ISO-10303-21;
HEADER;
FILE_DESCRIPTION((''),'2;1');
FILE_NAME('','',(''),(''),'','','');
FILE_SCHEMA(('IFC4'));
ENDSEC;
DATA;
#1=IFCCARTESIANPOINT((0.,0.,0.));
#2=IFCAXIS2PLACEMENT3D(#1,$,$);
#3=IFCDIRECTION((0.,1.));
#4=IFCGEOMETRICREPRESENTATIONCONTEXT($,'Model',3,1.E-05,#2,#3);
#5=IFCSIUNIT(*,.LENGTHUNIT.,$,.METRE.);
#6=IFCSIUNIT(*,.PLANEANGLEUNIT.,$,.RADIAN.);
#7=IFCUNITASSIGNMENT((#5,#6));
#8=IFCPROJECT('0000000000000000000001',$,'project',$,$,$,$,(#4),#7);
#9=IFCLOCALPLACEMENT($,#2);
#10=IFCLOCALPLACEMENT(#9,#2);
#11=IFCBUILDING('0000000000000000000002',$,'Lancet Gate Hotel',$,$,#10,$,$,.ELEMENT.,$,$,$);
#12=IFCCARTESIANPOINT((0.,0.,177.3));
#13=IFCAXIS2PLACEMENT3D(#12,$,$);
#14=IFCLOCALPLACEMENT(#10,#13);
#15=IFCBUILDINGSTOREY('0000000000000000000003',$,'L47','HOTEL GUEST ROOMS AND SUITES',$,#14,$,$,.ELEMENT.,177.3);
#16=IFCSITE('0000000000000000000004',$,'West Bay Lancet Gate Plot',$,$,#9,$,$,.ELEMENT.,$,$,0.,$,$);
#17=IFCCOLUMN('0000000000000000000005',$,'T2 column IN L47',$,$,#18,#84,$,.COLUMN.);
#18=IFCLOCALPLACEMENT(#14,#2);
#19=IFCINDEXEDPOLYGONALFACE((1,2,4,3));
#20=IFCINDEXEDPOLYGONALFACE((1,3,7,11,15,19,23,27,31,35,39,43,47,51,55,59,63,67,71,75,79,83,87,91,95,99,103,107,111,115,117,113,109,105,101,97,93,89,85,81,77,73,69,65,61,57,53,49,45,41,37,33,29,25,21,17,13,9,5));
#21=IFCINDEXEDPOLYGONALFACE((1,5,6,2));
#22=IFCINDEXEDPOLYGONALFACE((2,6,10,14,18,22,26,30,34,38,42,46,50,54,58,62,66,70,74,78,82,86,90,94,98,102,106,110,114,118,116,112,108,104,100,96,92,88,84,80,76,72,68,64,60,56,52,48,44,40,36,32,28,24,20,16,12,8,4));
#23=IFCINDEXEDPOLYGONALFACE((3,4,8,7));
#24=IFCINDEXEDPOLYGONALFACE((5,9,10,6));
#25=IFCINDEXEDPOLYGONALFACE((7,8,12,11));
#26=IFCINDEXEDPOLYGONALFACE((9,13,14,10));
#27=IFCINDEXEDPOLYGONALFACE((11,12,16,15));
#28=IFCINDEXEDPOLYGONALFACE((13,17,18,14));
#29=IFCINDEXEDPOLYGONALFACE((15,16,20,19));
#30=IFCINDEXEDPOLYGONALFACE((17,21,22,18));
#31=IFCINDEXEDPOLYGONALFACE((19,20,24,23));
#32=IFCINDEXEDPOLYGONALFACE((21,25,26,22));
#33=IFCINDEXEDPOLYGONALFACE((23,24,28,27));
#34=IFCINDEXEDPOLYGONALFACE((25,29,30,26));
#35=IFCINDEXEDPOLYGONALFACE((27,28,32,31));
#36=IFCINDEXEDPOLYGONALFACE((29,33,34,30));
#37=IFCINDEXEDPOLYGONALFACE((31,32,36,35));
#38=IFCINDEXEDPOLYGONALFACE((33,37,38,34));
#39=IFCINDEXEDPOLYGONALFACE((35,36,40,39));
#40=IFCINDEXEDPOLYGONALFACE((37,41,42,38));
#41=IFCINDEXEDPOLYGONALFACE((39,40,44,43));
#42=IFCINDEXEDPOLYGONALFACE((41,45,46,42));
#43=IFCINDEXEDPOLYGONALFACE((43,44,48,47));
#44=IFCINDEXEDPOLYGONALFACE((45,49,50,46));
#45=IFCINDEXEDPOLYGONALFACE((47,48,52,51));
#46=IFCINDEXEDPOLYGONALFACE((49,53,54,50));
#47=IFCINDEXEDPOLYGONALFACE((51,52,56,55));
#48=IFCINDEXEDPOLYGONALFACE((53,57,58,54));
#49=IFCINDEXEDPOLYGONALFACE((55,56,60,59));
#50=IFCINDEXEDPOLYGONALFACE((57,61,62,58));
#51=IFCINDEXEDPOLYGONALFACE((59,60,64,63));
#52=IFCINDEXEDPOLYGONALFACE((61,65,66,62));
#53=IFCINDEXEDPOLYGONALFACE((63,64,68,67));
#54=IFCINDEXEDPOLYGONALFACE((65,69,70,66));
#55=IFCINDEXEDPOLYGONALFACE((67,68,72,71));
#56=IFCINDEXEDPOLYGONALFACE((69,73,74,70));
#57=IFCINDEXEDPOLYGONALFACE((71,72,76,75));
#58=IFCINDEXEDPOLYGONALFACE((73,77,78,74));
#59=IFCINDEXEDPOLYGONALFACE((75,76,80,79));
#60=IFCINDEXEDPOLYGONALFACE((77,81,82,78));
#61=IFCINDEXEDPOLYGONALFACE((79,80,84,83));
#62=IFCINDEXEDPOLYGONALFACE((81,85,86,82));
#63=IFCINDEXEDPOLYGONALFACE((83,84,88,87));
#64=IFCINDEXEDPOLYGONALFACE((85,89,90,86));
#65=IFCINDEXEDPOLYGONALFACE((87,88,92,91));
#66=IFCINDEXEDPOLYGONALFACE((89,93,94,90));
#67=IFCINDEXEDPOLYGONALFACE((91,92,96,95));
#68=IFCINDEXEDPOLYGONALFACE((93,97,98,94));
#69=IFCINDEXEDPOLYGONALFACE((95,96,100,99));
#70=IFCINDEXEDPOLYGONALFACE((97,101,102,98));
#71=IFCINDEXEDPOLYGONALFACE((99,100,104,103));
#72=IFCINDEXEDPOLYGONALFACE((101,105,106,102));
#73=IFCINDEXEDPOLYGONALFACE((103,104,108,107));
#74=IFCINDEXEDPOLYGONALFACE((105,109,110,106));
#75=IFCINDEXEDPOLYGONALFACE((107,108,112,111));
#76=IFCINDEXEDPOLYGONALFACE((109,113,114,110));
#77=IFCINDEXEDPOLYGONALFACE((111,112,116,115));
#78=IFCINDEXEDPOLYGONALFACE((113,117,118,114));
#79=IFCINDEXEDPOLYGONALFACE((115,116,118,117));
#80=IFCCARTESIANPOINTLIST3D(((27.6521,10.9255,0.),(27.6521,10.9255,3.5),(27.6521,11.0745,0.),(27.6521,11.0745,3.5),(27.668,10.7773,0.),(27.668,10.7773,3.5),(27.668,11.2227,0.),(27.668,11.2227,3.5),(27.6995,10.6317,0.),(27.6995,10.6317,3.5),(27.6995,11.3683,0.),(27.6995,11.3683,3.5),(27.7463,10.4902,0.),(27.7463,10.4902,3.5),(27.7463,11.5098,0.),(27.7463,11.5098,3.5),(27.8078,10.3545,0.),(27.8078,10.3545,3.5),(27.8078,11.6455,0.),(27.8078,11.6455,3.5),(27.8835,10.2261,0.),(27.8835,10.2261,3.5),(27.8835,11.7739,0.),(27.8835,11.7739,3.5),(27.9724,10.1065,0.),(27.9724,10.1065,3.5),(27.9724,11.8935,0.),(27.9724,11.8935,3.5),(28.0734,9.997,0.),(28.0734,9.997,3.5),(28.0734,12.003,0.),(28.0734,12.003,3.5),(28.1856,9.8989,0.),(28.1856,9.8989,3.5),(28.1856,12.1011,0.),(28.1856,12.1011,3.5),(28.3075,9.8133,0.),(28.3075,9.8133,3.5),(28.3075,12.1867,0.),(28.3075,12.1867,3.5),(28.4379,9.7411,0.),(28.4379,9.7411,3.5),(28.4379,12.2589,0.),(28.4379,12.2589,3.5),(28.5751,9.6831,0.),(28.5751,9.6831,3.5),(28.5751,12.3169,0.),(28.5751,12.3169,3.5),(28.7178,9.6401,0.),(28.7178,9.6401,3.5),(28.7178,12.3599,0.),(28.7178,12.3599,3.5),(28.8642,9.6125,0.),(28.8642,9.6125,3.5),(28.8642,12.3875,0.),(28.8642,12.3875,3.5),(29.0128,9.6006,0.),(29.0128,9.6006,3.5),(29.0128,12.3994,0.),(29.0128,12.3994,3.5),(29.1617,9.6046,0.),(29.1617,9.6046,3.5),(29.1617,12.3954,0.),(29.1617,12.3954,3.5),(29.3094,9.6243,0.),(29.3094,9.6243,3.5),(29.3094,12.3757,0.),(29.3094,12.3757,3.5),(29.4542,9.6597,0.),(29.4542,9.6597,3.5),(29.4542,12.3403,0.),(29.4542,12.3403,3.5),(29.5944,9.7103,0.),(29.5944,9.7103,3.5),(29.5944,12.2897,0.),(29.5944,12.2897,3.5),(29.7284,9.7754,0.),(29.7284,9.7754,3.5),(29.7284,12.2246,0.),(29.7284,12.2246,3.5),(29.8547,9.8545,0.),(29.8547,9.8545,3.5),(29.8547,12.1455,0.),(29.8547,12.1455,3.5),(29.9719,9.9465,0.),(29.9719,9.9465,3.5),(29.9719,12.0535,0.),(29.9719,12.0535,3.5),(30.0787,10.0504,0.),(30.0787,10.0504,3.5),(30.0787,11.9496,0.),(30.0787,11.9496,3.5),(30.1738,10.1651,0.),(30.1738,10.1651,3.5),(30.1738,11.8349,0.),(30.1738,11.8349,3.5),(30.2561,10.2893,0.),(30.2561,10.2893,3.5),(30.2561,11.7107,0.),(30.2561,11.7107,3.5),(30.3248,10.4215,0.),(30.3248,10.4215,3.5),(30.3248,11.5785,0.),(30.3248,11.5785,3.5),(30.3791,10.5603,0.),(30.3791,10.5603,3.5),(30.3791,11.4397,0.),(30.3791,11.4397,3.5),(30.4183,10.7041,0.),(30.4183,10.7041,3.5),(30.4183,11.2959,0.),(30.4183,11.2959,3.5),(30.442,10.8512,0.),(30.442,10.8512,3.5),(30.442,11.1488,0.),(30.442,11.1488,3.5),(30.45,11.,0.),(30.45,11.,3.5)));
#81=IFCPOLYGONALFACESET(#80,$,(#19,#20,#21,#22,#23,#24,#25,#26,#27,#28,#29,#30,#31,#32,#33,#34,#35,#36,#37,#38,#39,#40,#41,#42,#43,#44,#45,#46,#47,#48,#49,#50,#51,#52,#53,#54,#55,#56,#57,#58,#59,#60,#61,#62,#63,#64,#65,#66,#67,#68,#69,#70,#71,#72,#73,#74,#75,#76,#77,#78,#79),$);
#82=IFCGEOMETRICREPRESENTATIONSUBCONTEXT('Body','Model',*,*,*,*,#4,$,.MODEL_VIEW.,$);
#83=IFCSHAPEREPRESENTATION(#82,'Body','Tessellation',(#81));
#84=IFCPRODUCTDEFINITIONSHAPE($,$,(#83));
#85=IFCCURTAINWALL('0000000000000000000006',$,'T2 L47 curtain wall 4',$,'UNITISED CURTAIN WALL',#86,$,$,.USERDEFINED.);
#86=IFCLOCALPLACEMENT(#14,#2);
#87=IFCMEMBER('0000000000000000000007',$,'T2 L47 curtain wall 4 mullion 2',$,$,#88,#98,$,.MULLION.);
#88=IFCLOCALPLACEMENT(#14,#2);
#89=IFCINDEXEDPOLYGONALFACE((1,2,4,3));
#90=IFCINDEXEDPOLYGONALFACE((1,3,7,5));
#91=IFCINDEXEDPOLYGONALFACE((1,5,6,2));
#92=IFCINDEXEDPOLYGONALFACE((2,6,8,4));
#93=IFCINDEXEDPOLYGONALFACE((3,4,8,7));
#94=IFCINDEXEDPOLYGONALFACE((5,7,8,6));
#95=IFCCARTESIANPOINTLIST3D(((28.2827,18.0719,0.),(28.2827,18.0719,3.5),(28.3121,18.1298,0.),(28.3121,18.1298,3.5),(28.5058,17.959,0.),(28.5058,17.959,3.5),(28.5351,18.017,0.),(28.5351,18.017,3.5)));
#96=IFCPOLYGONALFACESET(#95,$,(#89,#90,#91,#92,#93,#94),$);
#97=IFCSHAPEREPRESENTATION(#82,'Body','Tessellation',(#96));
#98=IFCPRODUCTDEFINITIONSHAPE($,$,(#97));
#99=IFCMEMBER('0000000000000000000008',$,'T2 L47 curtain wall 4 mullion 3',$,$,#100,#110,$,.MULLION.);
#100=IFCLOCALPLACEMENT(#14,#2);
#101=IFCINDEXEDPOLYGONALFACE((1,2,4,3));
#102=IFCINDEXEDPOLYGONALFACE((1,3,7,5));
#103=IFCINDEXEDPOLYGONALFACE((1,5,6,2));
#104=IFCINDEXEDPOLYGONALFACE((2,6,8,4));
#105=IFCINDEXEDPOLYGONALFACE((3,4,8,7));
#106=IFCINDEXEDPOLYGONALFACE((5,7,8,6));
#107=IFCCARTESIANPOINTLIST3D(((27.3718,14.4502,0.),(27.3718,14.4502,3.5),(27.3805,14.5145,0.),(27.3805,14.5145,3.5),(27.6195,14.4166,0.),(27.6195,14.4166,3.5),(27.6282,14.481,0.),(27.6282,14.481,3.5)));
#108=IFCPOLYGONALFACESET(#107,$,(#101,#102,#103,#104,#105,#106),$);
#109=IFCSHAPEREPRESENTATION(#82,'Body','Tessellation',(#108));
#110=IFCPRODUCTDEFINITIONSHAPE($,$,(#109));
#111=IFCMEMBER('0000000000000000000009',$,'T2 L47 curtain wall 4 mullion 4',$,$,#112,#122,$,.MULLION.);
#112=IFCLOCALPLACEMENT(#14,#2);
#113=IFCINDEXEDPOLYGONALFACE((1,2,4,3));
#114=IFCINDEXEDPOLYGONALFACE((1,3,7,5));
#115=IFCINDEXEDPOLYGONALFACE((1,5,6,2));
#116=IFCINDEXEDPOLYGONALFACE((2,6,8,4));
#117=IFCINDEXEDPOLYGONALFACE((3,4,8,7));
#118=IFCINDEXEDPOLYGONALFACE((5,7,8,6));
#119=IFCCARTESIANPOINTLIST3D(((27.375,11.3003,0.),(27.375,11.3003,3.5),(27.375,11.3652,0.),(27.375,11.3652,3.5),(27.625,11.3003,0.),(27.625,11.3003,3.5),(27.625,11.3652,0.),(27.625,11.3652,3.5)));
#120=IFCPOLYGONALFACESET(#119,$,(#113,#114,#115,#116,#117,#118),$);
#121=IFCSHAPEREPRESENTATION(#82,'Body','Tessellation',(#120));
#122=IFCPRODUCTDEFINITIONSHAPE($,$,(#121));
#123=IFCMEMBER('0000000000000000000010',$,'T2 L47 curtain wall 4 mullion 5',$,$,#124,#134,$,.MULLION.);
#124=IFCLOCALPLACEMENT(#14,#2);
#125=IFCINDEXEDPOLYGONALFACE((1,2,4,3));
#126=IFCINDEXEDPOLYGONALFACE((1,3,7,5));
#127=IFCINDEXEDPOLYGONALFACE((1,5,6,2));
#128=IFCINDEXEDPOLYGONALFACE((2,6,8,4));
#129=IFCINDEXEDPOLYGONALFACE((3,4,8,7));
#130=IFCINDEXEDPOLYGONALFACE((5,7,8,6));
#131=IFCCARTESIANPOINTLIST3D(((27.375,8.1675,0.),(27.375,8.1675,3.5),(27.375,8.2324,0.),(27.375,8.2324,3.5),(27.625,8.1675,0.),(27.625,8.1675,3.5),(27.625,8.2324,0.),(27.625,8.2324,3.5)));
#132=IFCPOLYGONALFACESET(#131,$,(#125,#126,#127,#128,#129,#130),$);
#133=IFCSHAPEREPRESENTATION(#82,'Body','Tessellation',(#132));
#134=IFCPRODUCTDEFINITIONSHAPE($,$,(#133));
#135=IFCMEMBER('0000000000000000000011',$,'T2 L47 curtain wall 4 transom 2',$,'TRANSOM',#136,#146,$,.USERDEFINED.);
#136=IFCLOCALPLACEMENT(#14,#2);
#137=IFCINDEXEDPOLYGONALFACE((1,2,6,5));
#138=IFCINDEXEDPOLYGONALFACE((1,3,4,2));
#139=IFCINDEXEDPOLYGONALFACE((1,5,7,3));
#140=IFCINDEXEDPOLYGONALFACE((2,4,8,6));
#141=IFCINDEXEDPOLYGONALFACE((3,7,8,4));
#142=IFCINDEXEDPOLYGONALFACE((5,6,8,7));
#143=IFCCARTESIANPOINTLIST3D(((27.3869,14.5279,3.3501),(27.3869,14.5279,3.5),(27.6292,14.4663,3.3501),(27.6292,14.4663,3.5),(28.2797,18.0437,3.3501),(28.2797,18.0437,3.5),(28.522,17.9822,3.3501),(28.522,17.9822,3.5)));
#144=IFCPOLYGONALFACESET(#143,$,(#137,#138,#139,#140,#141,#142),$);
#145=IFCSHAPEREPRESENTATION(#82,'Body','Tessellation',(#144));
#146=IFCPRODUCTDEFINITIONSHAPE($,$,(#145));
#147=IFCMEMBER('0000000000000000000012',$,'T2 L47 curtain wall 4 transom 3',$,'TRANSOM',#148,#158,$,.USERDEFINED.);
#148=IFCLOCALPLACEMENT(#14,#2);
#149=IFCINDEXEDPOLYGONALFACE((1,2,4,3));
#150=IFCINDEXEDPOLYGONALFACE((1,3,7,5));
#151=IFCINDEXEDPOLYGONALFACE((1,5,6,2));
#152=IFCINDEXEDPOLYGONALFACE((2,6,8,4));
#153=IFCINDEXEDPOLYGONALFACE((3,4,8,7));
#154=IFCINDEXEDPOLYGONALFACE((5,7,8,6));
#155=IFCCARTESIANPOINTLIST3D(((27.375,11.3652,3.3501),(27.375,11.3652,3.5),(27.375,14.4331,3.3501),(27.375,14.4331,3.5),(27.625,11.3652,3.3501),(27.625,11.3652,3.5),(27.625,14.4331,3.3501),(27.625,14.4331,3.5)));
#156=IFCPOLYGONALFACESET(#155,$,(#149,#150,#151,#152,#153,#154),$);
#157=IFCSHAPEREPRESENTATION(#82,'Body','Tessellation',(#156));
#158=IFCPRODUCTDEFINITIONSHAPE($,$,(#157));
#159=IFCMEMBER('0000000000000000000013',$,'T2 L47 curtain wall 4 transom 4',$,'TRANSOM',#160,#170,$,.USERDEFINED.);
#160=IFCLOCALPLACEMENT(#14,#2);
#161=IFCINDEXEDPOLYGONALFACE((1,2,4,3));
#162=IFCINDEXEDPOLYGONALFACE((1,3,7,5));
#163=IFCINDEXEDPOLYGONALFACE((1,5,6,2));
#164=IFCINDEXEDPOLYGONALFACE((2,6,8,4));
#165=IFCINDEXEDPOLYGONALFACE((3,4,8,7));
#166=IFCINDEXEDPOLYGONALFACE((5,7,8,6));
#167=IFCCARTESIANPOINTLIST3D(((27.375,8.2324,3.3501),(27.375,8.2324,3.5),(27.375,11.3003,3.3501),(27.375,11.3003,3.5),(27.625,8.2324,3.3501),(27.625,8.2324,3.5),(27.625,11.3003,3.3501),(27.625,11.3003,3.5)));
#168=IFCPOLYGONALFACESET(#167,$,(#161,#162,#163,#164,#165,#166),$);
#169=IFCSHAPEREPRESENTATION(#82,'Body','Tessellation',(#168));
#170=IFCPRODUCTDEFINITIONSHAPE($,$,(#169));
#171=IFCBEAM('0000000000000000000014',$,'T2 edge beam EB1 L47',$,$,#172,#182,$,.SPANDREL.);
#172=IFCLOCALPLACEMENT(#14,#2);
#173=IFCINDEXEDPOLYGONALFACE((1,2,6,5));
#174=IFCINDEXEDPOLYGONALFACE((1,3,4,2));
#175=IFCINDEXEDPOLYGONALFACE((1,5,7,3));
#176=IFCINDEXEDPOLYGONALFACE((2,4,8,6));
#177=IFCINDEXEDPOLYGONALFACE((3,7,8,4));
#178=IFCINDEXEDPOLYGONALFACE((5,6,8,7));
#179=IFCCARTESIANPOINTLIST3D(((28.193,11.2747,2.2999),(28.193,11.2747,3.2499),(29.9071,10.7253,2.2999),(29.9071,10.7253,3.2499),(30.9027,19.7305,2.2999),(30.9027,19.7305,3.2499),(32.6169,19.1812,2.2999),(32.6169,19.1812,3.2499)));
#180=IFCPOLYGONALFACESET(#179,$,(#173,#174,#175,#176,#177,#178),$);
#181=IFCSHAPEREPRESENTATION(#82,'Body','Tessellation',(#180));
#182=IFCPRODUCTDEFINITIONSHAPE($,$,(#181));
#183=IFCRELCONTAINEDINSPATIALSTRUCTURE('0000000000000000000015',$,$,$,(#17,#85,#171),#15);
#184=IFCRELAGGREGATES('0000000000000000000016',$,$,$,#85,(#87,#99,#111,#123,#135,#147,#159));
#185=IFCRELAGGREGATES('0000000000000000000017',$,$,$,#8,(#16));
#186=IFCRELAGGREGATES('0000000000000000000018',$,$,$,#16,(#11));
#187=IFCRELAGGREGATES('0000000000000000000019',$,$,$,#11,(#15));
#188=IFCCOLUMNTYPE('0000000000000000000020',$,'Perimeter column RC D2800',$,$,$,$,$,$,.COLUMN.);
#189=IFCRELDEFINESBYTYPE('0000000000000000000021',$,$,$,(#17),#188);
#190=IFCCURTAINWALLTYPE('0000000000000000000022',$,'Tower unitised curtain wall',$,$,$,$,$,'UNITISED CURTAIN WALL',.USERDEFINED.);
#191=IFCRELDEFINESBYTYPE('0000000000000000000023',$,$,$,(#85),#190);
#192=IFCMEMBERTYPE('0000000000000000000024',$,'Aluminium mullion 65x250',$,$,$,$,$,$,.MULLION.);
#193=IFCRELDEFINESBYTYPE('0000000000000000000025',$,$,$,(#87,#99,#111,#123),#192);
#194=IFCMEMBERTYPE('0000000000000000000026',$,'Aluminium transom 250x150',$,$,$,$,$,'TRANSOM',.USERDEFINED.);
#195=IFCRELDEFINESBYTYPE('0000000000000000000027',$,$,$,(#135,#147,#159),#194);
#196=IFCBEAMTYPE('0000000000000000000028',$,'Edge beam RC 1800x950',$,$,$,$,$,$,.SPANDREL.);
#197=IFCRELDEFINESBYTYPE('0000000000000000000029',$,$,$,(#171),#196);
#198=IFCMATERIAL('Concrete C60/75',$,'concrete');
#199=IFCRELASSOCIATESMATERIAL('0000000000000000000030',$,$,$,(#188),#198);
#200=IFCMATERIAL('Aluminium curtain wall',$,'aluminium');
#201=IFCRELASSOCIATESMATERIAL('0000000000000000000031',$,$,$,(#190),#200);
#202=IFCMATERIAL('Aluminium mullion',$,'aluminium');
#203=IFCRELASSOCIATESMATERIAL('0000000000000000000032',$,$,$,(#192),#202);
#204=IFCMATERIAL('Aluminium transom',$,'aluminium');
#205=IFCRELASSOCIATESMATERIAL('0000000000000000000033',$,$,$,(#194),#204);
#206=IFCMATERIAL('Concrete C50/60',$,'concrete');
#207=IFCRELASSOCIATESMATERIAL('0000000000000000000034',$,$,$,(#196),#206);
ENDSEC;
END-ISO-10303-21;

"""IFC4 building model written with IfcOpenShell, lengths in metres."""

from ifc_helpers import new_model, si_unit, direction, frame, origin, origin_2d, place, context, subcontext, project, spatial, rectangle, circle, extrude, material, material_profile, profile_set, type_object, element, aggregate, save


model = new_model("IFC4")

# Units and contexts
model_context = context("Model", 3, precision=1e-05, world=origin(), true_north=direction((0.0, 1.0)))
body_context = subcontext(model_context, "Body", "Model", "MODEL_VIEW")
ifc_project = project(units=[si_unit("LENGTHUNIT", "METRE"), si_unit("PLANEANGLEUNIT", "RADIAN")], contexts=[model_context])

# Site, building, storey
site_placement = place(None, origin())
site = spatial("IfcSite", under=ifc_project, at=site_placement, Name="West Bay Lancet Gate Plot", CompositionType="ELEMENT", RefElevation=0.0)
building_placement = place(site_placement, origin())
building = spatial("IfcBuilding", under=site, at=building_placement, Name="Lancet Gate Hotel", CompositionType="ELEMENT")
storey_placement = place(building_placement, frame((0.0, 0.0, 177.3)))
storey = spatial("IfcBuildingStorey", under=building, at=storey_placement, Name="L47", Description="HOTEL GUEST ROOMS AND SUITES", CompositionType="ELEMENT", Elevation=177.3)

# Column
ifc_material_1 = material(Name="Concrete C60/75", Category="concrete")
ifc_material_profile_1 = material_profile(ifc_material_1, circle(Radius=1.3999, at=origin_2d()), Name="RC D2800")
ifc_profile_set_1 = profile_set([ifc_material_profile_1], Name="Concrete C60/75")
column_type = type_object("IfcColumnType", Name="Perimeter column RC D2800", PredefinedType="COLUMN", material=ifc_profile_set_1)
column_placement = place(storey_placement, frame((29.05, 11.0, 0.0), z_axis=(0.0, 0.0, 1.0), x_axis=(1.0, 0.0, 0.0)))
element("IfcColumn", 1, at=column_placement, inside=storey, type_object=column_type, Name="T2 column IN L47", PredefinedType="COLUMN", context=body_context, shape_type="SweptSolid", body=[
    extrude(circle(Radius=1.3999, at=origin_2d()), origin(), (0.0, 0.0, 1.0), 3.5),
])

# Curtain wall, members
ifc_material_2 = material(Name="Aluminium curtain wall", Category="aluminium")
curtain_wall_type = type_object("IfcCurtainWallType", Name="Tower unitised curtain wall", ElementType="UNITISED CURTAIN WALL", PredefinedType="USERDEFINED", material=ifc_material_2)
curtain_wall_placement = place(storey_placement, origin())
curtain_wall = element("IfcCurtainWall", 2, at=curtain_wall_placement, inside=storey, type_object=curtain_wall_type, Name="T2 L47 curtain wall 4", ObjectType="UNITISED CURTAIN WALL", PredefinedType="USERDEFINED")
ifc_material_3 = material(Name="Aluminium mullion", Category="aluminium")
ifc_material_profile_2 = material_profile(ifc_material_3, rectangle(XDim=0.0649, YDim=0.25, at=origin_2d()), Name="MULLION 65x250")
ifc_profile_set_2 = profile_set([ifc_material_profile_2], Name="Aluminium mullion")
member_type_1 = type_object("IfcMemberType", Name="Aluminium mullion 65x250", PredefinedType="MULLION", material=ifc_profile_set_2)
member_1_placement = place(storey_placement, frame((28.4089, 18.0444, 0.0), z_axis=(0.0, 0.0, 1.0), x_axis=(-0.451506, -0.892268, 0.0)))
member_1 = element("IfcMember", 3, at=member_1_placement, type_object=member_type_1, Name="T2 L47 curtain wall 4 mullion 2", PredefinedType="MULLION", context=body_context, shape_type="SweptSolid", body=[
    extrude(rectangle(XDim=0.0649, YDim=0.25, at=origin_2d()), origin(), (0.0, 0.0, 1.0), 3.5),
])
member_2_placement = place(storey_placement, frame((27.5, 14.4656, 0.0), z_axis=(0.0, 0.0, 1.0), x_axis=(-0.134207, -0.990953, 0.0)))
member_2 = element("IfcMember", 4, at=member_2_placement, type_object=member_type_1, Name="T2 L47 curtain wall 4 mullion 3", PredefinedType="MULLION", context=body_context, shape_type="SweptSolid", body=[
    extrude(rectangle(XDim=0.0649, YDim=0.25, at=origin_2d()), origin(), (0.0, 0.0, 1.0), 3.5),
])
member_3_placement = place(storey_placement, frame((27.5, 11.3328, 0.0), z_axis=(0.0, 0.0, 1.0), x_axis=(0.0, -1.0, 0.0)))
member_3 = element("IfcMember", 5, at=member_3_placement, type_object=member_type_1, Name="T2 L47 curtain wall 4 mullion 4", PredefinedType="MULLION", context=body_context, shape_type="SweptSolid", body=[
    extrude(rectangle(XDim=0.0649, YDim=0.25, at=origin_2d()), origin(), (0.0, 0.0, 1.0), 3.5),
])
member_4_placement = place(storey_placement, frame((27.5, 8.2, 0.0), z_axis=(0.0, 0.0, 1.0), x_axis=(0.0, -1.0, 0.0)))
member_4 = element("IfcMember", 6, at=member_4_placement, type_object=member_type_1, Name="T2 L47 curtain wall 4 mullion 5", PredefinedType="MULLION", context=body_context, shape_type="SweptSolid", body=[
    extrude(rectangle(XDim=0.0649, YDim=0.25, at=origin_2d()), origin(), (0.0, 0.0, 1.0), 3.5),
])
ifc_material_4 = material(Name="Aluminium transom", Category="aluminium")
ifc_material_profile_3 = material_profile(ifc_material_4, rectangle(XDim=0.25, YDim=0.1499, at=origin_2d()), Name="TRANSOM 250x150")
ifc_profile_set_3 = profile_set([ifc_material_profile_3], Name="Aluminium transom")
member_type_2 = type_object("IfcMemberType", Name="Aluminium transom 250x150", ElementType="TRANSOM", PredefinedType="USERDEFINED", material=ifc_profile_set_3)
member_5_placement = place(storey_placement, frame((28.4009, 18.0129, 3.425), z_axis=(-0.246129, -0.969237, 0.0), x_axis=(0.969237, -0.246129, 0.0)))
member_5 = element("IfcMember", 7, at=member_5_placement, type_object=member_type_2, Name="T2 L47 curtain wall 4 transom 2", ObjectType="TRANSOM", PredefinedType="USERDEFINED", context=body_context, shape_type="SweptSolid", body=[
    extrude(rectangle(XDim=0.25, YDim=0.1499, at=origin_2d()), origin(), (0.0, 0.0, 1.0), 3.6274),
])
member_6_placement = place(storey_placement, frame((27.5, 14.4331, 3.425), z_axis=(0.0, -1.0, 0.0), x_axis=(1.0, 0.0, 0.0)))
member_6 = element("IfcMember", 8, at=member_6_placement, type_object=member_type_2, Name="T2 L47 curtain wall 4 transom 3", ObjectType="TRANSOM", PredefinedType="USERDEFINED", context=body_context, shape_type="SweptSolid", body=[
    extrude(rectangle(XDim=0.25, YDim=0.1499, at=origin_2d()), origin(), (0.0, 0.0, 1.0), 3.0679),
])
member_7_placement = place(storey_placement, frame((27.5, 11.3003, 3.425), z_axis=(0.0, -1.0, 0.0), x_axis=(1.0, 0.0, 0.0)))
member_7 = element("IfcMember", 9, at=member_7_placement, type_object=member_type_2, Name="T2 L47 curtain wall 4 transom 4", ObjectType="TRANSOM", PredefinedType="USERDEFINED", context=body_context, shape_type="SweptSolid", body=[
    extrude(rectangle(XDim=0.25, YDim=0.1499, at=origin_2d()), origin(), (0.0, 0.0, 1.0), 3.0679),
])

# Beam
ifc_material_5 = material(Name="Concrete C50/60", Category="concrete")
ifc_material_profile_4 = material_profile(ifc_material_5, rectangle(XDim=1.8, YDim=0.95, at=origin_2d()), Name="RC 1800x950")
ifc_profile_set_4 = profile_set([ifc_material_profile_4], Name="Concrete C50/60")
beam_type = type_object("IfcBeamType", Name="Edge beam RC 1800x950", PredefinedType="SPANDREL", material=ifc_profile_set_4)
beam_placement = place(storey_placement, frame((29.05, 11.0, 2.7749), z_axis=(0.30517, 0.952298, 0.0), x_axis=(-0.952298, 0.30517, 0.0)))
element("IfcBeam", 10, at=beam_placement, inside=storey, type_object=beam_type, Name="T2 edge beam EB1 L47", PredefinedType="SPANDREL", context=body_context, shape_type="SweptSolid", body=[
    extrude(rectangle(XDim=1.8, YDim=0.95, at=origin_2d()), origin(), (0.0, 0.0, 1.0), 8.8794),
])

aggregate(curtain_wall, [member_1, member_2, member_3, member_4, member_5, member_6, member_7])

save(model, "model.ifc")
